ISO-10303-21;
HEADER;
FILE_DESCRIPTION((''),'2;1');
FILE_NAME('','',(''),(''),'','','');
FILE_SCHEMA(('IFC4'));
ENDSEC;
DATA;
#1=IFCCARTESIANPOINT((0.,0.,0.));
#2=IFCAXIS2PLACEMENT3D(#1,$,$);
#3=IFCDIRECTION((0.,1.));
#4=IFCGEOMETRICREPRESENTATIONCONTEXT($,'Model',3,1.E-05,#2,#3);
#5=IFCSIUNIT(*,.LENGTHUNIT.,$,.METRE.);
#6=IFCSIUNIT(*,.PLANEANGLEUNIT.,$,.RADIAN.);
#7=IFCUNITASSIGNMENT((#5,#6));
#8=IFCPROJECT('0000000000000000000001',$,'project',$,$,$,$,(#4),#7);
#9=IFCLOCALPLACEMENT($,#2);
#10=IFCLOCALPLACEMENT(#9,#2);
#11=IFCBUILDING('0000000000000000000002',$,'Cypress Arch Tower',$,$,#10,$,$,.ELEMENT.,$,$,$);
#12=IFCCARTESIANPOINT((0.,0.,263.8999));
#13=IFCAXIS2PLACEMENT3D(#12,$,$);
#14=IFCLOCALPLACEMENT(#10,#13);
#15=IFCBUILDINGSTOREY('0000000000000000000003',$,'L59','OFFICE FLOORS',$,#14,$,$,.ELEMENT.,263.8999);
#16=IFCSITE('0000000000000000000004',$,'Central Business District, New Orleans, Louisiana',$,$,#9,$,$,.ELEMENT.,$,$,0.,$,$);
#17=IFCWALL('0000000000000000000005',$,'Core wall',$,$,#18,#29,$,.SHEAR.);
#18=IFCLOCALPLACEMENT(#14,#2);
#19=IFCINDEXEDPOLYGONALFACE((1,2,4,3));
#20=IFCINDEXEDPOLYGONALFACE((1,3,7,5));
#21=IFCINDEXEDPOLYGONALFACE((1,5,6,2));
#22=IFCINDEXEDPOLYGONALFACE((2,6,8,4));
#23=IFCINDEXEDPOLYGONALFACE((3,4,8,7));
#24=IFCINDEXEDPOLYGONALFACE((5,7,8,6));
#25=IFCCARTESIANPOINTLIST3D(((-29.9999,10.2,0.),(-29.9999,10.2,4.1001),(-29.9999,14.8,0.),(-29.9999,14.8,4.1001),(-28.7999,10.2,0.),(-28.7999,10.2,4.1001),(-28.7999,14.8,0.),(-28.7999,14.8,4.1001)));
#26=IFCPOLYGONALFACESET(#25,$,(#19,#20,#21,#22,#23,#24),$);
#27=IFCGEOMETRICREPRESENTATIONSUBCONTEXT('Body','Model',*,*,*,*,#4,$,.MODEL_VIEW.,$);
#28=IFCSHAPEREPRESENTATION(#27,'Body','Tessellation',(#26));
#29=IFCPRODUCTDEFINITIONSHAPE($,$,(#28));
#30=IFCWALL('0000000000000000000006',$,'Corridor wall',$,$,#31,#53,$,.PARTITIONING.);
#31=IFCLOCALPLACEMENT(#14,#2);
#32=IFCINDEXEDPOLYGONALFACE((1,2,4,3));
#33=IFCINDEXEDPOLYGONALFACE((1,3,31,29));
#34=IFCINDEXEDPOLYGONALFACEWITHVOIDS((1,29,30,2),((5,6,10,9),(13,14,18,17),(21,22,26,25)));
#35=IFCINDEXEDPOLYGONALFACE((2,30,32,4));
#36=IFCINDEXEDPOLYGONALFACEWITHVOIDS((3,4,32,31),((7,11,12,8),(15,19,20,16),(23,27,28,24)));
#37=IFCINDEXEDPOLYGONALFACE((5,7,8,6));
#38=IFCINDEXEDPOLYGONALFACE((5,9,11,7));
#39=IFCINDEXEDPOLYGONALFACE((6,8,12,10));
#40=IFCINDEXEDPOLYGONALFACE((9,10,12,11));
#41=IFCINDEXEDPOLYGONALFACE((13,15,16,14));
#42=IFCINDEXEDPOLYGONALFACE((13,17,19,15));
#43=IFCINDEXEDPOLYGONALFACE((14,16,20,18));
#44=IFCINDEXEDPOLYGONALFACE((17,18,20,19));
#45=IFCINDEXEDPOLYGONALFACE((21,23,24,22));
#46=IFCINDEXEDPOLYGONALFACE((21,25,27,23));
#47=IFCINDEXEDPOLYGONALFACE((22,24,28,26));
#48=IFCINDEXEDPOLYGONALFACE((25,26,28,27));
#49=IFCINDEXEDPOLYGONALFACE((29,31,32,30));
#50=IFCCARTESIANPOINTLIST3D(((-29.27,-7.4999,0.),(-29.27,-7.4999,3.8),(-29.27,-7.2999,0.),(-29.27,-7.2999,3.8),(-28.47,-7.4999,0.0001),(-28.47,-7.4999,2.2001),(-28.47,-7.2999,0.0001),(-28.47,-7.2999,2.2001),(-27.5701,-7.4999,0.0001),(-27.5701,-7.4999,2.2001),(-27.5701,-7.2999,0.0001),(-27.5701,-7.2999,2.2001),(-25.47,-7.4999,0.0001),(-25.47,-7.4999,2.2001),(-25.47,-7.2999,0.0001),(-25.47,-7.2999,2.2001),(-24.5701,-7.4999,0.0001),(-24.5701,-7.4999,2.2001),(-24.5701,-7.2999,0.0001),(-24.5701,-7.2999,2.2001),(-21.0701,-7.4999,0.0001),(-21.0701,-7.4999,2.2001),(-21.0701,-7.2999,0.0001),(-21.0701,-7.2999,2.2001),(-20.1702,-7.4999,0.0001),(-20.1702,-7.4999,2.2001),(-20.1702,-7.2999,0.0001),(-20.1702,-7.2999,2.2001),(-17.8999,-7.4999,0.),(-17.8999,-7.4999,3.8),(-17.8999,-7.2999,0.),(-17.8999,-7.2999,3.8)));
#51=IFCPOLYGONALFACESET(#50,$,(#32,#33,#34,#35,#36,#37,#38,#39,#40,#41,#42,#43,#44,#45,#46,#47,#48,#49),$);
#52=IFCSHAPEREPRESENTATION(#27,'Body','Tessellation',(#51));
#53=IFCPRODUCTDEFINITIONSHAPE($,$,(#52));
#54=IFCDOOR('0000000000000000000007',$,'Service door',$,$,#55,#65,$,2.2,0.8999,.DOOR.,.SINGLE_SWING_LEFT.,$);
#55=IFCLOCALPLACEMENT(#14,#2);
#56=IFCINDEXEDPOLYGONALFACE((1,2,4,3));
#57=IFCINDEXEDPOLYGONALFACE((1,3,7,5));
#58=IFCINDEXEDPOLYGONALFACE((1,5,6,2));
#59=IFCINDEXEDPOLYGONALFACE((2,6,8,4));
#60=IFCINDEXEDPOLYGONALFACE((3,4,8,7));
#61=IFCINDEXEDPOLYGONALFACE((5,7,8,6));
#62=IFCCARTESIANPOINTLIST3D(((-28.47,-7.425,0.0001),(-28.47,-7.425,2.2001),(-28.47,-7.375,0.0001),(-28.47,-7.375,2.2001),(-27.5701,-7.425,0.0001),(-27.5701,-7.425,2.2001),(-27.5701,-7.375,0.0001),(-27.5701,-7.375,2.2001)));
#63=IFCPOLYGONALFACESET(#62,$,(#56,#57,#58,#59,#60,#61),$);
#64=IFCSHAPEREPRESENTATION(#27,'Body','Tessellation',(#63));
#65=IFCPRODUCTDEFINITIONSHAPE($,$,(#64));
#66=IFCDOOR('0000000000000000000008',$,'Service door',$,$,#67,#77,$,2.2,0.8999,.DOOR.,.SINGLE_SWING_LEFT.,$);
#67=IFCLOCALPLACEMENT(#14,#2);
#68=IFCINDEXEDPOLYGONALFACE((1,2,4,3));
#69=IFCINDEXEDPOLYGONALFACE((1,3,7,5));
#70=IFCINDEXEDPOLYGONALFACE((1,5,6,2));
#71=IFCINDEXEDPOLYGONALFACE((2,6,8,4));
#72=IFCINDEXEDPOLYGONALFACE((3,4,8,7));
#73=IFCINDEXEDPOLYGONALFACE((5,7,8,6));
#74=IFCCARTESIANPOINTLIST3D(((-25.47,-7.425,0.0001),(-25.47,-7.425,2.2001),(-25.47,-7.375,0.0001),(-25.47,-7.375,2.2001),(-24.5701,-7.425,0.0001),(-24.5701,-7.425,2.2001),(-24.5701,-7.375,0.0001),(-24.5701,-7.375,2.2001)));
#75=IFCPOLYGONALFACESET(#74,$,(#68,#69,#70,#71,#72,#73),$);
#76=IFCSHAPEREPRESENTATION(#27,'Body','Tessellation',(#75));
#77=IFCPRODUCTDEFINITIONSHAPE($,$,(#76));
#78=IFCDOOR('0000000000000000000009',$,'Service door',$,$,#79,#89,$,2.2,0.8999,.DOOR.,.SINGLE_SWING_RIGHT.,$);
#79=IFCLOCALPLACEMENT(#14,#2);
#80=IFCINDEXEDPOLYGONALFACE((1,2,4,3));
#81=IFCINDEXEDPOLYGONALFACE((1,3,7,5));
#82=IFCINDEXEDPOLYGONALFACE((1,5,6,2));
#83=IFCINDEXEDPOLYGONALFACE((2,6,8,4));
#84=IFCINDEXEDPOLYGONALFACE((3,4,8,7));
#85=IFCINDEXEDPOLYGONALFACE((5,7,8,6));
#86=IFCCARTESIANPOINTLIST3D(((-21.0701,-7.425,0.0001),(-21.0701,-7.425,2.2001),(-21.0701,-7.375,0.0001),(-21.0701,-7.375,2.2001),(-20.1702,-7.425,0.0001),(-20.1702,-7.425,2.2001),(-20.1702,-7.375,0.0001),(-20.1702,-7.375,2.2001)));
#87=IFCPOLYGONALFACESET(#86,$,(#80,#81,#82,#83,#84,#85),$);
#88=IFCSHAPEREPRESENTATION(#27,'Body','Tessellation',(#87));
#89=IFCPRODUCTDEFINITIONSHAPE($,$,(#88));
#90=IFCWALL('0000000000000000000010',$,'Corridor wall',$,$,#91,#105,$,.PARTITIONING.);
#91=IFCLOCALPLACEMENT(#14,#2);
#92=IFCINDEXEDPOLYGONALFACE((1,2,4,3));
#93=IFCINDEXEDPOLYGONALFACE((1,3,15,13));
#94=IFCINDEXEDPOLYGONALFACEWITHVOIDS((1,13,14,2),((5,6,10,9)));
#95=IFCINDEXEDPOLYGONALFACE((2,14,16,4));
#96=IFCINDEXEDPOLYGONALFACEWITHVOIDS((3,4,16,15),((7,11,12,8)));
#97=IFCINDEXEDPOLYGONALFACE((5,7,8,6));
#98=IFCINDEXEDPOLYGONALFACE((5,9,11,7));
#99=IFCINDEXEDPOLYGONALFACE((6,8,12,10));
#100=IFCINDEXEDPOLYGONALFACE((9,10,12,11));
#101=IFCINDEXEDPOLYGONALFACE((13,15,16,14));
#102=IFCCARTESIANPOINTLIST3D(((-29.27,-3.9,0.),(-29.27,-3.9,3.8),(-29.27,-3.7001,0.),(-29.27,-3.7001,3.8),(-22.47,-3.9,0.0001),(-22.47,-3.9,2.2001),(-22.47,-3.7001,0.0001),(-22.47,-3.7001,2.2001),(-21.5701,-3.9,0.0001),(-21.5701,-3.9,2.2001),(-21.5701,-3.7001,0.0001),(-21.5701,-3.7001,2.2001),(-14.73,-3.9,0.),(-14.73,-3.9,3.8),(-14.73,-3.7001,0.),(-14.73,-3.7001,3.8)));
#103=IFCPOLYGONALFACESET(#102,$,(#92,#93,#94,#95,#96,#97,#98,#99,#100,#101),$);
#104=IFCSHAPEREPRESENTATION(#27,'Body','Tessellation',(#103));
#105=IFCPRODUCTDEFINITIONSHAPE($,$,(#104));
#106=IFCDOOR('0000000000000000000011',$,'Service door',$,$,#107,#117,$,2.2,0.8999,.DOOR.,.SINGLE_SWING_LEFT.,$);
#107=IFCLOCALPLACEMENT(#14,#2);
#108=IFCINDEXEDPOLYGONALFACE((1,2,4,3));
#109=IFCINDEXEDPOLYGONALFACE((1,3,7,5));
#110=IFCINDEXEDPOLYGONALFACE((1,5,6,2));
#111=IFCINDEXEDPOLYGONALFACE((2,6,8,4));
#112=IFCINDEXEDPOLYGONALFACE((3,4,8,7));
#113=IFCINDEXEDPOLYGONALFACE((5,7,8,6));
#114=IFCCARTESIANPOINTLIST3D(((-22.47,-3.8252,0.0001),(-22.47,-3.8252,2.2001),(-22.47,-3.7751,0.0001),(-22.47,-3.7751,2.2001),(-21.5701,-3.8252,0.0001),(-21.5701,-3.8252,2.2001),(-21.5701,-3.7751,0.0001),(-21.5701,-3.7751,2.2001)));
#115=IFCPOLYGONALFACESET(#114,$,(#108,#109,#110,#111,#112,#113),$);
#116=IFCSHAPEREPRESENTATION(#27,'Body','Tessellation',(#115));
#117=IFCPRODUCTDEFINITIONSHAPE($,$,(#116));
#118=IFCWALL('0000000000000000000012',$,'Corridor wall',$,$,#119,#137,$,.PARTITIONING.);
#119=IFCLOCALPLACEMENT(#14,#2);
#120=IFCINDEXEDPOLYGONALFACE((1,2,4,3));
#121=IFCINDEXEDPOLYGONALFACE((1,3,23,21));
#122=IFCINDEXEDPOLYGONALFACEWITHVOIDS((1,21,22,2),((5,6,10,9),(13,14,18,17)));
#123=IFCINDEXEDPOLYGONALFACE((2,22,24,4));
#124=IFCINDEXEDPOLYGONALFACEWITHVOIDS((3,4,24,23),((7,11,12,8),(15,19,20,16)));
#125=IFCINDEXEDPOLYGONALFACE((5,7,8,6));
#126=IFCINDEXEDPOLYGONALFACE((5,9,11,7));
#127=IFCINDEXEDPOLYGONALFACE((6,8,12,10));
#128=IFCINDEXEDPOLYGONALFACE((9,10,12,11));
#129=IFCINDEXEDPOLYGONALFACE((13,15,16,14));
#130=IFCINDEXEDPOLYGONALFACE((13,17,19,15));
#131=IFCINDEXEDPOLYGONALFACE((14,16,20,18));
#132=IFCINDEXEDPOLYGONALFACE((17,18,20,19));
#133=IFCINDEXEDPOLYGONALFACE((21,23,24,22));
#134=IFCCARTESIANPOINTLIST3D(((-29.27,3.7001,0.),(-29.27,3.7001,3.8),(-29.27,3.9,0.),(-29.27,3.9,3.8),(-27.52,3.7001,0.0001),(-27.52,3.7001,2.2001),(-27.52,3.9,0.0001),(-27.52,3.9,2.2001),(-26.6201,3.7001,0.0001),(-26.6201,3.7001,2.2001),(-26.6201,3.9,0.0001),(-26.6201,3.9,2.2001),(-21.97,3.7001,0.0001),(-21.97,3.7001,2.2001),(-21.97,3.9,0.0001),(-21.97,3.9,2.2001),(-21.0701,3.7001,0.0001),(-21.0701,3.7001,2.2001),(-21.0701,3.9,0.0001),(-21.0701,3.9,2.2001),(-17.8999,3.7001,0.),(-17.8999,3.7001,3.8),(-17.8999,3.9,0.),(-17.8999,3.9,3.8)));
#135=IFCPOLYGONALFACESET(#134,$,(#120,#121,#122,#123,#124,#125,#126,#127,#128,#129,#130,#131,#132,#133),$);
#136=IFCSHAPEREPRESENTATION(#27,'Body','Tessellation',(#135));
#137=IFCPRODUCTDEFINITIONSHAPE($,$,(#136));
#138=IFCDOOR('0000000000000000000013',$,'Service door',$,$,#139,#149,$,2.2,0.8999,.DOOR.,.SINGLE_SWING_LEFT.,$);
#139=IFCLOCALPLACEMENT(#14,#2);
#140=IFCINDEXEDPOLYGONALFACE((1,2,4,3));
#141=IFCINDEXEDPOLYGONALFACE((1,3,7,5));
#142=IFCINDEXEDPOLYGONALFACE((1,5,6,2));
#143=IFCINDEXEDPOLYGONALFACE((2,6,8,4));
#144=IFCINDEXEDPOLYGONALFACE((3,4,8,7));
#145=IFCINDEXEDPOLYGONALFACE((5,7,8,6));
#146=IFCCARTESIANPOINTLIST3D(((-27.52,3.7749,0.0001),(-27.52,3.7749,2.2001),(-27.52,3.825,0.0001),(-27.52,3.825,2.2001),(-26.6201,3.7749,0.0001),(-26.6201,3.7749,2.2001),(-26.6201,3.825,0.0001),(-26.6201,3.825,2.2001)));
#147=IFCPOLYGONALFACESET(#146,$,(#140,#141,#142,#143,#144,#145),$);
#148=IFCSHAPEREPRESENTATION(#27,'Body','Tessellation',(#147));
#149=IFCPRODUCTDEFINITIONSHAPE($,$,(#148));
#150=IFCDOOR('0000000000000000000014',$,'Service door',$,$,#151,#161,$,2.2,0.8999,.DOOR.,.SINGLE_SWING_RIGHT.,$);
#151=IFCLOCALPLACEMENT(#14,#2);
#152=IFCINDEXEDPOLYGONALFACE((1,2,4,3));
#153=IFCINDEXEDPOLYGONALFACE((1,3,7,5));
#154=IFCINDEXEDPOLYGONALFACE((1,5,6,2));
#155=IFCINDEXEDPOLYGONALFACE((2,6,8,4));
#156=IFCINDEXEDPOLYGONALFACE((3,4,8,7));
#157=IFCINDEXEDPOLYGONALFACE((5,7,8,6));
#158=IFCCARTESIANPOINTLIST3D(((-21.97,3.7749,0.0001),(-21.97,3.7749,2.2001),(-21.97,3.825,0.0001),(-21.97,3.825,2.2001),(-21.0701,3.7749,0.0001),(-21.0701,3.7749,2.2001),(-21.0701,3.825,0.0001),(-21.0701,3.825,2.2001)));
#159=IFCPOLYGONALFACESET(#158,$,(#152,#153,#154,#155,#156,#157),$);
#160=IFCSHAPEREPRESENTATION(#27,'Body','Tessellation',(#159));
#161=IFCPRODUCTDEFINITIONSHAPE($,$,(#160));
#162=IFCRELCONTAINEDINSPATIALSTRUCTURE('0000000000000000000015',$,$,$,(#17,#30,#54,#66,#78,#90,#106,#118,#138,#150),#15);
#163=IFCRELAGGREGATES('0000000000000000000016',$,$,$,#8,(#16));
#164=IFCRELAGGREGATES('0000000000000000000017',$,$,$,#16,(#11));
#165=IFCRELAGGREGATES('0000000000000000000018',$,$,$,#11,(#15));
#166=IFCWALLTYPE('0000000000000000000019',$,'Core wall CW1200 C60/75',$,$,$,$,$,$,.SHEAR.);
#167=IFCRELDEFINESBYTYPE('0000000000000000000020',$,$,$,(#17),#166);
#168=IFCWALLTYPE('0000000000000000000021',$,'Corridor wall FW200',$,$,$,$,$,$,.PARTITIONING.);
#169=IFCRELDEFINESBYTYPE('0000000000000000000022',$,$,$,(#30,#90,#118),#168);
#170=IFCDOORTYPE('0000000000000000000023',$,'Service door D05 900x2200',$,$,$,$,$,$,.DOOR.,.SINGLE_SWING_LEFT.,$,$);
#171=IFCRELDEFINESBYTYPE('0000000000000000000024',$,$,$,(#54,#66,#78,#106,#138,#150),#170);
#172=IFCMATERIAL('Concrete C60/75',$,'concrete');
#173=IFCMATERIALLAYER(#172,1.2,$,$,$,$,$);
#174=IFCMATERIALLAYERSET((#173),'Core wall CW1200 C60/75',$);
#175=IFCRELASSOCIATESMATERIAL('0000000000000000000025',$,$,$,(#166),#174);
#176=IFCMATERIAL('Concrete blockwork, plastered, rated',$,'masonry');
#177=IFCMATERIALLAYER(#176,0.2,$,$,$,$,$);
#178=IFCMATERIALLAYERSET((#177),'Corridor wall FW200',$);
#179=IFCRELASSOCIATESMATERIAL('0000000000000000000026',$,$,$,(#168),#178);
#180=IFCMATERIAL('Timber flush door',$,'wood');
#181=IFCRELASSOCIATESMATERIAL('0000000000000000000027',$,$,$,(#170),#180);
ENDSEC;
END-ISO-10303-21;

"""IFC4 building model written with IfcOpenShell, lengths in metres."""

from ifc_helpers import new_model, si_unit, direction, frame, frame_2d, origin, place, context, subcontext, project, spatial, rectangle, extrude, material, layer, layer_set, type_object, element, fill, save


model = new_model("IFC4")

# Units and contexts
model_context = context("Model", 3, precision=1e-05, world=origin(), true_north=direction((0.0, 1.0)))
body_context = subcontext(model_context, "Body", "Model", "MODEL_VIEW")
ifc_project = project(units=[si_unit("LENGTHUNIT", "METRE"), si_unit("PLANEANGLEUNIT", "RADIAN")], contexts=[model_context])

# Site, building, storey
site_placement = place(None, origin())
site = spatial("IfcSite", under=ifc_project, at=site_placement, Name="Central Business District, New Orleans, Louisiana", CompositionType="ELEMENT", RefElevation=0.0)
building_placement = place(site_placement, origin())
building = spatial("IfcBuilding", under=site, at=building_placement, Name="Cypress Arch Tower", CompositionType="ELEMENT")
storey_placement = place(building_placement, frame((0.0, 0.0, 263.8999)))
storey = spatial("IfcBuildingStorey", under=building, at=storey_placement, Name="L59", Description="OFFICE FLOORS", CompositionType="ELEMENT", Elevation=263.8999)

# Wall
ifc_material_1 = material(Name="Concrete C60/75", Category="concrete")
ifc_layer_1 = layer(ifc_material_1, 1.2)
ifc_layer_set_1 = layer_set([ifc_layer_1], Name="Core wall CW1200 C60/75")
wall_type_1 = type_object("IfcWallType", Name="Core wall CW1200 C60/75", PredefinedType="SHEAR", material=ifc_layer_set_1)
wall_1_placement = place(storey_placement, frame((-29.3999, 10.2, 0.0), z_axis=(0.0, 0.0, 1.0), x_axis=(0.0, 1.0, 0.0)))
element("IfcWall", 1, at=wall_1_placement, inside=storey, type_object=wall_type_1, Name="Core wall", PredefinedType="SHEAR", context=body_context, shape_type="SweptSolid", body=[
    extrude(rectangle(XDim=4.6001, YDim=1.2, at=frame_2d((2.3, 0.0))), origin(), (0.0, 0.0, 1.0), 4.1001),
])

# Wall, openings, doors
ifc_material_2 = material(Name="Concrete blockwork, plastered, rated", Category="masonry")
ifc_layer_2 = layer(ifc_material_2, 0.2)
ifc_layer_set_2 = layer_set([ifc_layer_2], Name="Corridor wall FW200")
wall_type_2 = type_object("IfcWallType", Name="Corridor wall FW200", PredefinedType="PARTITIONING", material=ifc_layer_set_2)
wall_2_placement = place(storey_placement, frame((-29.27, -7.3999, 0.0), z_axis=(0.0, 0.0, 1.0), x_axis=(1.0, 0.0, 0.0)))
wall_2 = element("IfcWall", 2, at=wall_2_placement, inside=storey, type_object=wall_type_2, Name="Corridor wall", PredefinedType="PARTITIONING", context=body_context, shape_type="SweptSolid", body=[
    extrude(rectangle(XDim=11.3701, YDim=0.2, at=frame_2d((5.6851, 0.0))), origin(), (0.0, 0.0, 1.0), 3.8),
])
opening_1_placement = place(wall_2_placement, frame((0.8, 0.0, 0.0)))
opening_1 = element("IfcOpeningElement", 3, at=opening_1_placement, cuts=wall_2, PredefinedType="OPENING", context=body_context, shape_type="SweptSolid", body=[
    extrude(rectangle(XDim=0.8999, YDim=2.2, at=frame_2d((0.45, 1.1001))), frame((0.0, 0.1099, 0.0), z_axis=(0.0, -1.0, 0.0), x_axis=(1.0, 0.0, 0.0)), (0.0, 0.0, 1.0), 0.22),
])
opening_2_placement = place(wall_2_placement, frame((3.8, 0.0, 0.0)))
opening_2 = element("IfcOpeningElement", 4, at=opening_2_placement, cuts=wall_2, PredefinedType="OPENING", context=body_context, shape_type="SweptSolid", body=[
    extrude(rectangle(XDim=0.8999, YDim=2.2, at=frame_2d((0.45, 1.1001))), frame((0.0, 0.1099, 0.0), z_axis=(0.0, -1.0, 0.0), x_axis=(1.0, 0.0, 0.0)), (0.0, 0.0, 1.0), 0.22),
])
opening_3_placement = place(wall_2_placement, frame((8.2, 0.0, 0.0)))
opening_3 = element("IfcOpeningElement", 5, at=opening_3_placement, cuts=wall_2, PredefinedType="OPENING", context=body_context, shape_type="SweptSolid", body=[
    extrude(rectangle(XDim=0.8999, YDim=2.2, at=frame_2d((0.45, 1.1001))), frame((0.0, 0.1099, 0.0), z_axis=(0.0, -1.0, 0.0), x_axis=(1.0, 0.0, 0.0)), (0.0, 0.0, 1.0), 0.22),
])
ifc_material_3 = material(Name="Timber flush door", Category="wood")
door_type_1 = type_object("IfcDoorType", Name="Service door D05 900x2200", OperationType="SINGLE_SWING_LEFT", PredefinedType="DOOR", material=ifc_material_3)
door_1_placement = place(opening_1_placement, origin())
door_1 = element("IfcDoor", 6, at=door_1_placement, inside=storey, type_object=door_type_1, Name="Service door", OperationType="SINGLE_SWING_LEFT", OverallHeight=2.2, OverallWidth=0.8999, PredefinedType="DOOR", context=body_context, shape_type="SweptSolid", body=[
    extrude(rectangle(XDim=0.8999, YDim=2.2, at=frame_2d((0.45, 1.1001))), frame((0.0, 0.0249, 0.0), z_axis=(0.0, -1.0, 0.0), x_axis=(1.0, 0.0, 0.0)), (0.0, 0.0, 1.0), 0.05),
])
fill(opening_1, door_1)
door_2_placement = place(opening_2_placement, origin())
door_2 = element("IfcDoor", 7, at=door_2_placement, inside=storey, type_object=door_type_1, Name="Service door", OperationType="SINGLE_SWING_LEFT", OverallHeight=2.2, OverallWidth=0.8999, PredefinedType="DOOR", context=body_context, shape_type="SweptSolid", body=[
    extrude(rectangle(XDim=0.8999, YDim=2.2, at=frame_2d((0.45, 1.1001))), frame((0.0, 0.0249, 0.0), z_axis=(0.0, -1.0, 0.0), x_axis=(1.0, 0.0, 0.0)), (0.0, 0.0, 1.0), 0.05),
])
fill(opening_2, door_2)
door_3_placement = place(opening_3_placement, origin())
door_3 = element("IfcDoor", 8, at=door_3_placement, inside=storey, type_object=door_type_1, Name="Service door", OperationType="SINGLE_SWING_RIGHT", OverallHeight=2.2, OverallWidth=0.8999, PredefinedType="DOOR", context=body_context, shape_type="SweptSolid", body=[
    extrude(rectangle(XDim=0.8999, YDim=2.2, at=frame_2d((0.45, 1.1001))), frame((0.0, 0.0249, 0.0), z_axis=(0.0, -1.0, 0.0), x_axis=(1.0, 0.0, 0.0)), (0.0, 0.0, 1.0), 0.05),
])
fill(opening_3, door_3)

# Wall, opening, door
wall_3_placement = place(storey_placement, frame((-29.27, -3.8, 0.0), z_axis=(0.0, 0.0, 1.0), x_axis=(1.0, 0.0, 0.0)))
wall_3 = element("IfcWall", 9, at=wall_3_placement, inside=storey, type_object=wall_type_2, Name="Corridor wall", PredefinedType="PARTITIONING", context=body_context, shape_type="SweptSolid", body=[
    extrude(rectangle(XDim=14.54, YDim=0.2, at=frame_2d((7.27, 0.0))), origin(), (0.0, 0.0, 1.0), 3.8),
])
opening_4_placement = place(wall_3_placement, frame((6.8, 0.0, 0.0)))
opening_4 = element("IfcOpeningElement", 10, at=opening_4_placement, cuts=wall_3, PredefinedType="OPENING", context=body_context, shape_type="SweptSolid", body=[
    extrude(rectangle(XDim=0.8999, YDim=2.2, at=frame_2d((0.45, 1.1001))), frame((0.0, 0.1099, 0.0), z_axis=(0.0, -1.0, 0.0), x_axis=(1.0, 0.0, 0.0)), (0.0, 0.0, 1.0), 0.22),
])
door_4_placement = place(opening_4_placement, origin())
door_4 = element("IfcDoor", 11, at=door_4_placement, inside=storey, type_object=door_type_1, Name="Service door", OperationType="SINGLE_SWING_LEFT", OverallHeight=2.2, OverallWidth=0.8999, PredefinedType="DOOR", context=body_context, shape_type="SweptSolid", body=[
    extrude(rectangle(XDim=0.8999, YDim=2.2, at=frame_2d((0.45, 1.1001))), frame((0.0, 0.0249, 0.0), z_axis=(0.0, -1.0, 0.0), x_axis=(1.0, 0.0, 0.0)), (0.0, 0.0, 1.0), 0.05),
])
fill(opening_4, door_4)

# Wall, openings, doors
wall_4_placement = place(storey_placement, frame((-29.27, 3.8, 0.0), z_axis=(0.0, 0.0, 1.0), x_axis=(1.0, 0.0, 0.0)))
wall_4 = element("IfcWall", 12, at=wall_4_placement, inside=storey, type_object=wall_type_2, Name="Corridor wall", PredefinedType="PARTITIONING", context=body_context, shape_type="SweptSolid", body=[
    extrude(rectangle(XDim=11.3701, YDim=0.2, at=frame_2d((5.6851, 0.0))), origin(), (0.0, 0.0, 1.0), 3.8),
])
opening_5_placement = place(wall_4_placement, frame((1.75, 0.0, 0.0)))
opening_5 = element("IfcOpeningElement", 13, at=opening_5_placement, cuts=wall_4, PredefinedType="OPENING", context=body_context, shape_type="SweptSolid", body=[
    extrude(rectangle(XDim=0.8999, YDim=2.2, at=frame_2d((0.45, 1.1001))), frame((0.0, 0.1099, 0.0), z_axis=(0.0, -1.0, 0.0), x_axis=(1.0, 0.0, 0.0)), (0.0, 0.0, 1.0), 0.22),
])
opening_6_placement = place(wall_4_placement, frame((7.3, 0.0, 0.0)))
opening_6 = element("IfcOpeningElement", 14, at=opening_6_placement, cuts=wall_4, PredefinedType="OPENING", context=body_context, shape_type="SweptSolid", body=[
    extrude(rectangle(XDim=0.8999, YDim=2.2, at=frame_2d((0.45, 1.1001))), frame((0.0, 0.1099, 0.0), z_axis=(0.0, -1.0, 0.0), x_axis=(1.0, 0.0, 0.0)), (0.0, 0.0, 1.0), 0.22),
])
door_5_placement = place(opening_5_placement, origin())
door_5 = element("IfcDoor", 15, at=door_5_placement, inside=storey, type_object=door_type_1, Name="Service door", OperationType="SINGLE_SWING_LEFT", OverallHeight=2.2, OverallWidth=0.8999, PredefinedType="DOOR", context=body_context, shape_type="SweptSolid", body=[
    extrude(rectangle(XDim=0.8999, YDim=2.2, at=frame_2d((0.45, 1.1001))), frame((0.0, 0.0249, 0.0), z_axis=(0.0, -1.0, 0.0), x_axis=(1.0, 0.0, 0.0)), (0.0, 0.0, 1.0), 0.05),
])
fill(opening_5, door_5)
door_6_placement = place(opening_6_placement, origin())
door_6 = element("IfcDoor", 16, at=door_6_placement, inside=storey, type_object=door_type_1, Name="Service door", OperationType="SINGLE_SWING_RIGHT", OverallHeight=2.2, OverallWidth=0.8999, PredefinedType="DOOR", context=body_context, shape_type="SweptSolid", body=[
    extrude(rectangle(XDim=0.8999, YDim=2.2, at=frame_2d((0.45, 1.1001))), frame((0.0, 0.0249, 0.0), z_axis=(0.0, -1.0, 0.0), x_axis=(1.0, 0.0, 0.0)), (0.0, 0.0, 1.0), 0.05),
])
fill(opening_6, door_6)

save(model, "model.ifc")
